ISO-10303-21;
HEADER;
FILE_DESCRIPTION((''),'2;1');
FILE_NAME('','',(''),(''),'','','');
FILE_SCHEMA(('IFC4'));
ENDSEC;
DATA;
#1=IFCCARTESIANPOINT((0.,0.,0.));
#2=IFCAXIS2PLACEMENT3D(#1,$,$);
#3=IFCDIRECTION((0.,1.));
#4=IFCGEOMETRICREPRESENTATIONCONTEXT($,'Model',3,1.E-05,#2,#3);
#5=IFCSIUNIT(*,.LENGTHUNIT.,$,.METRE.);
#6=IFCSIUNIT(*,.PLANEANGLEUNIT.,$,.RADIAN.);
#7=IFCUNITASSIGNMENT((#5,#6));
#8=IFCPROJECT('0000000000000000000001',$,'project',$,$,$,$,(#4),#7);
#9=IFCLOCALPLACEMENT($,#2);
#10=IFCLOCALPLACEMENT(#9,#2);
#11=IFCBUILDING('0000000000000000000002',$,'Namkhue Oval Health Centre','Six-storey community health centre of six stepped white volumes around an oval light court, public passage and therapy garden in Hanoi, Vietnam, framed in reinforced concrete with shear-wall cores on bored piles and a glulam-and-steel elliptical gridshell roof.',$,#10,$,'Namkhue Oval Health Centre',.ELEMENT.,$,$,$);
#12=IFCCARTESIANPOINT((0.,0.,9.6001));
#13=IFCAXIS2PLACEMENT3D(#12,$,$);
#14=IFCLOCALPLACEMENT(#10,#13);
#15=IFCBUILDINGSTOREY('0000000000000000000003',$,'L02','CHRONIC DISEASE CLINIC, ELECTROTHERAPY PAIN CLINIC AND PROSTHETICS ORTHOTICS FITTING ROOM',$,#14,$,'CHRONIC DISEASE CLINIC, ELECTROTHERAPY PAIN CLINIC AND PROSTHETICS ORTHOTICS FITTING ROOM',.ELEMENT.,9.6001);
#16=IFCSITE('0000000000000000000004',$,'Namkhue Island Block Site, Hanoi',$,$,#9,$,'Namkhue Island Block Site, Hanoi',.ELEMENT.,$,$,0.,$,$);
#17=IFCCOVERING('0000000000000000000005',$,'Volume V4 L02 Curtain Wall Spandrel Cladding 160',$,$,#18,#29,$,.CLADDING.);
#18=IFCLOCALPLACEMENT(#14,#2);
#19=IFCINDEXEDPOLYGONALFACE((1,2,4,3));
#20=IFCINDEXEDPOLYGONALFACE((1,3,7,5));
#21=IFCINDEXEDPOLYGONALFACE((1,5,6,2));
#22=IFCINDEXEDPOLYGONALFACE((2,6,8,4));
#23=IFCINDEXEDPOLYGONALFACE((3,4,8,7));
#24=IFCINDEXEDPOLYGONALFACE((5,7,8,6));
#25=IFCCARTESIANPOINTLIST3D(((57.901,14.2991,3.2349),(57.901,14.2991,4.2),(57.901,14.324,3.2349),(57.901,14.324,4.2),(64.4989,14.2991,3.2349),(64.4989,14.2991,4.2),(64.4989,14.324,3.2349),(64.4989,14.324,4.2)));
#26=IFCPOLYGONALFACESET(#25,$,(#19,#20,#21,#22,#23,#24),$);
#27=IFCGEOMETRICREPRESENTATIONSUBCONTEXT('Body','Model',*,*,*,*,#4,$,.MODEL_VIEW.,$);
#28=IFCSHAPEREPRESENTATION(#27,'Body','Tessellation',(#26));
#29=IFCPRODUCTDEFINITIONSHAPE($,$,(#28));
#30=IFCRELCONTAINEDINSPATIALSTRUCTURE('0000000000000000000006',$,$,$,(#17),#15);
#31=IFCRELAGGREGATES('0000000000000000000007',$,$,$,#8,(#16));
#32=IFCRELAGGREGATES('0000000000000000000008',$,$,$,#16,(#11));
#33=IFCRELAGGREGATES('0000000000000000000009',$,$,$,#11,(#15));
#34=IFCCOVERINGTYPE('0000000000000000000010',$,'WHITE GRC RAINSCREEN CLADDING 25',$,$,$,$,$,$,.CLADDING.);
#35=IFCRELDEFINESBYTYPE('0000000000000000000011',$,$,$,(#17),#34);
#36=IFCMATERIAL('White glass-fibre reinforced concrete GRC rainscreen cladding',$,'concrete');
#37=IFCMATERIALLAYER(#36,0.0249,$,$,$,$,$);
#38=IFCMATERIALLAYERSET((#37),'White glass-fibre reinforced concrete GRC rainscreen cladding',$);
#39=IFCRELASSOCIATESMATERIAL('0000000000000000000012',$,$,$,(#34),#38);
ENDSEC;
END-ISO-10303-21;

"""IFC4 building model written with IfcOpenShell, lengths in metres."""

from ifc_helpers import new_model, si_unit, direction, frame, origin, origin_2d, place, context, subcontext, project, spatial, rectangle, extrude, material, layer, layer_set, type_object, element, save


model = new_model("IFC4")

# Units and contexts
model_context = context("Model", 3, precision=1e-05, world=origin(), true_north=direction((0.0, 1.0)))
body_context = subcontext(model_context, "Body", "Model", "MODEL_VIEW")
ifc_project = project(units=[si_unit("LENGTHUNIT", "METRE"), si_unit("PLANEANGLEUNIT", "RADIAN")], contexts=[model_context])

# Site, building, storey
site_placement = place(None, origin())
site = spatial("IfcSite", under=ifc_project, at=site_placement, Name="Namkhue Island Block Site, Hanoi", LongName="Namkhue Island Block Site, Hanoi", CompositionType="ELEMENT", RefElevation=0.0)
building_placement = place(site_placement, origin())
building = spatial("IfcBuilding", under=site, at=building_placement, Name="Namkhue Oval Health Centre", Description="Six-storey community health centre of six stepped white volumes around an oval light court, public passage and therapy garden in Hanoi, Vietnam, framed in reinforced concrete with shear-wall cores on bored piles and a glulam-and-steel elliptical gridshell roof.", LongName="Namkhue Oval Health Centre", CompositionType="ELEMENT")
storey_placement = place(building_placement, frame((0.0, 0.0, 9.6001)))
storey = spatial("IfcBuildingStorey", under=building, at=storey_placement, Name="L02", Description="CHRONIC DISEASE CLINIC, ELECTROTHERAPY PAIN CLINIC AND PROSTHETICS ORTHOTICS FITTING ROOM", LongName="CHRONIC DISEASE CLINIC, ELECTROTHERAPY PAIN CLINIC AND PROSTHETICS ORTHOTICS FITTING ROOM", CompositionType="ELEMENT", Elevation=9.6001)

# Covering
ifc_material_1 = material(Name="White glass-fibre reinforced concrete GRC rainscreen cladding", Category="concrete")
ifc_layer_1 = layer(ifc_material_1, 0.0249)
ifc_layer_set_1 = layer_set([ifc_layer_1], Name="White glass-fibre reinforced concrete GRC rainscreen cladding")
covering_type = type_object("IfcCoveringType", Name="WHITE GRC RAINSCREEN CLADDING 25", PredefinedType="CLADDING", material=ifc_layer_set_1)
covering_1_placement = place(storey_placement, frame((61.2, 14.3115, 3.2349), z_axis=(0.0, 0.0, 1.0), x_axis=(1.0, 0.0, 0.0)))
element("IfcCovering", 1, at=covering_1_placement, inside=storey, type_object=covering_type, Name="Volume V4 L02 Curtain Wall Spandrel Cladding 160", PredefinedType="CLADDING", context=body_context, shape_type="SweptSolid", body=[
    extrude(rectangle(XDim=6.5979, YDim=0.0249, at=origin_2d()), origin(), (0.0, 0.0, 1.0), 0.9651),
])

save(model, "model.ifc")
